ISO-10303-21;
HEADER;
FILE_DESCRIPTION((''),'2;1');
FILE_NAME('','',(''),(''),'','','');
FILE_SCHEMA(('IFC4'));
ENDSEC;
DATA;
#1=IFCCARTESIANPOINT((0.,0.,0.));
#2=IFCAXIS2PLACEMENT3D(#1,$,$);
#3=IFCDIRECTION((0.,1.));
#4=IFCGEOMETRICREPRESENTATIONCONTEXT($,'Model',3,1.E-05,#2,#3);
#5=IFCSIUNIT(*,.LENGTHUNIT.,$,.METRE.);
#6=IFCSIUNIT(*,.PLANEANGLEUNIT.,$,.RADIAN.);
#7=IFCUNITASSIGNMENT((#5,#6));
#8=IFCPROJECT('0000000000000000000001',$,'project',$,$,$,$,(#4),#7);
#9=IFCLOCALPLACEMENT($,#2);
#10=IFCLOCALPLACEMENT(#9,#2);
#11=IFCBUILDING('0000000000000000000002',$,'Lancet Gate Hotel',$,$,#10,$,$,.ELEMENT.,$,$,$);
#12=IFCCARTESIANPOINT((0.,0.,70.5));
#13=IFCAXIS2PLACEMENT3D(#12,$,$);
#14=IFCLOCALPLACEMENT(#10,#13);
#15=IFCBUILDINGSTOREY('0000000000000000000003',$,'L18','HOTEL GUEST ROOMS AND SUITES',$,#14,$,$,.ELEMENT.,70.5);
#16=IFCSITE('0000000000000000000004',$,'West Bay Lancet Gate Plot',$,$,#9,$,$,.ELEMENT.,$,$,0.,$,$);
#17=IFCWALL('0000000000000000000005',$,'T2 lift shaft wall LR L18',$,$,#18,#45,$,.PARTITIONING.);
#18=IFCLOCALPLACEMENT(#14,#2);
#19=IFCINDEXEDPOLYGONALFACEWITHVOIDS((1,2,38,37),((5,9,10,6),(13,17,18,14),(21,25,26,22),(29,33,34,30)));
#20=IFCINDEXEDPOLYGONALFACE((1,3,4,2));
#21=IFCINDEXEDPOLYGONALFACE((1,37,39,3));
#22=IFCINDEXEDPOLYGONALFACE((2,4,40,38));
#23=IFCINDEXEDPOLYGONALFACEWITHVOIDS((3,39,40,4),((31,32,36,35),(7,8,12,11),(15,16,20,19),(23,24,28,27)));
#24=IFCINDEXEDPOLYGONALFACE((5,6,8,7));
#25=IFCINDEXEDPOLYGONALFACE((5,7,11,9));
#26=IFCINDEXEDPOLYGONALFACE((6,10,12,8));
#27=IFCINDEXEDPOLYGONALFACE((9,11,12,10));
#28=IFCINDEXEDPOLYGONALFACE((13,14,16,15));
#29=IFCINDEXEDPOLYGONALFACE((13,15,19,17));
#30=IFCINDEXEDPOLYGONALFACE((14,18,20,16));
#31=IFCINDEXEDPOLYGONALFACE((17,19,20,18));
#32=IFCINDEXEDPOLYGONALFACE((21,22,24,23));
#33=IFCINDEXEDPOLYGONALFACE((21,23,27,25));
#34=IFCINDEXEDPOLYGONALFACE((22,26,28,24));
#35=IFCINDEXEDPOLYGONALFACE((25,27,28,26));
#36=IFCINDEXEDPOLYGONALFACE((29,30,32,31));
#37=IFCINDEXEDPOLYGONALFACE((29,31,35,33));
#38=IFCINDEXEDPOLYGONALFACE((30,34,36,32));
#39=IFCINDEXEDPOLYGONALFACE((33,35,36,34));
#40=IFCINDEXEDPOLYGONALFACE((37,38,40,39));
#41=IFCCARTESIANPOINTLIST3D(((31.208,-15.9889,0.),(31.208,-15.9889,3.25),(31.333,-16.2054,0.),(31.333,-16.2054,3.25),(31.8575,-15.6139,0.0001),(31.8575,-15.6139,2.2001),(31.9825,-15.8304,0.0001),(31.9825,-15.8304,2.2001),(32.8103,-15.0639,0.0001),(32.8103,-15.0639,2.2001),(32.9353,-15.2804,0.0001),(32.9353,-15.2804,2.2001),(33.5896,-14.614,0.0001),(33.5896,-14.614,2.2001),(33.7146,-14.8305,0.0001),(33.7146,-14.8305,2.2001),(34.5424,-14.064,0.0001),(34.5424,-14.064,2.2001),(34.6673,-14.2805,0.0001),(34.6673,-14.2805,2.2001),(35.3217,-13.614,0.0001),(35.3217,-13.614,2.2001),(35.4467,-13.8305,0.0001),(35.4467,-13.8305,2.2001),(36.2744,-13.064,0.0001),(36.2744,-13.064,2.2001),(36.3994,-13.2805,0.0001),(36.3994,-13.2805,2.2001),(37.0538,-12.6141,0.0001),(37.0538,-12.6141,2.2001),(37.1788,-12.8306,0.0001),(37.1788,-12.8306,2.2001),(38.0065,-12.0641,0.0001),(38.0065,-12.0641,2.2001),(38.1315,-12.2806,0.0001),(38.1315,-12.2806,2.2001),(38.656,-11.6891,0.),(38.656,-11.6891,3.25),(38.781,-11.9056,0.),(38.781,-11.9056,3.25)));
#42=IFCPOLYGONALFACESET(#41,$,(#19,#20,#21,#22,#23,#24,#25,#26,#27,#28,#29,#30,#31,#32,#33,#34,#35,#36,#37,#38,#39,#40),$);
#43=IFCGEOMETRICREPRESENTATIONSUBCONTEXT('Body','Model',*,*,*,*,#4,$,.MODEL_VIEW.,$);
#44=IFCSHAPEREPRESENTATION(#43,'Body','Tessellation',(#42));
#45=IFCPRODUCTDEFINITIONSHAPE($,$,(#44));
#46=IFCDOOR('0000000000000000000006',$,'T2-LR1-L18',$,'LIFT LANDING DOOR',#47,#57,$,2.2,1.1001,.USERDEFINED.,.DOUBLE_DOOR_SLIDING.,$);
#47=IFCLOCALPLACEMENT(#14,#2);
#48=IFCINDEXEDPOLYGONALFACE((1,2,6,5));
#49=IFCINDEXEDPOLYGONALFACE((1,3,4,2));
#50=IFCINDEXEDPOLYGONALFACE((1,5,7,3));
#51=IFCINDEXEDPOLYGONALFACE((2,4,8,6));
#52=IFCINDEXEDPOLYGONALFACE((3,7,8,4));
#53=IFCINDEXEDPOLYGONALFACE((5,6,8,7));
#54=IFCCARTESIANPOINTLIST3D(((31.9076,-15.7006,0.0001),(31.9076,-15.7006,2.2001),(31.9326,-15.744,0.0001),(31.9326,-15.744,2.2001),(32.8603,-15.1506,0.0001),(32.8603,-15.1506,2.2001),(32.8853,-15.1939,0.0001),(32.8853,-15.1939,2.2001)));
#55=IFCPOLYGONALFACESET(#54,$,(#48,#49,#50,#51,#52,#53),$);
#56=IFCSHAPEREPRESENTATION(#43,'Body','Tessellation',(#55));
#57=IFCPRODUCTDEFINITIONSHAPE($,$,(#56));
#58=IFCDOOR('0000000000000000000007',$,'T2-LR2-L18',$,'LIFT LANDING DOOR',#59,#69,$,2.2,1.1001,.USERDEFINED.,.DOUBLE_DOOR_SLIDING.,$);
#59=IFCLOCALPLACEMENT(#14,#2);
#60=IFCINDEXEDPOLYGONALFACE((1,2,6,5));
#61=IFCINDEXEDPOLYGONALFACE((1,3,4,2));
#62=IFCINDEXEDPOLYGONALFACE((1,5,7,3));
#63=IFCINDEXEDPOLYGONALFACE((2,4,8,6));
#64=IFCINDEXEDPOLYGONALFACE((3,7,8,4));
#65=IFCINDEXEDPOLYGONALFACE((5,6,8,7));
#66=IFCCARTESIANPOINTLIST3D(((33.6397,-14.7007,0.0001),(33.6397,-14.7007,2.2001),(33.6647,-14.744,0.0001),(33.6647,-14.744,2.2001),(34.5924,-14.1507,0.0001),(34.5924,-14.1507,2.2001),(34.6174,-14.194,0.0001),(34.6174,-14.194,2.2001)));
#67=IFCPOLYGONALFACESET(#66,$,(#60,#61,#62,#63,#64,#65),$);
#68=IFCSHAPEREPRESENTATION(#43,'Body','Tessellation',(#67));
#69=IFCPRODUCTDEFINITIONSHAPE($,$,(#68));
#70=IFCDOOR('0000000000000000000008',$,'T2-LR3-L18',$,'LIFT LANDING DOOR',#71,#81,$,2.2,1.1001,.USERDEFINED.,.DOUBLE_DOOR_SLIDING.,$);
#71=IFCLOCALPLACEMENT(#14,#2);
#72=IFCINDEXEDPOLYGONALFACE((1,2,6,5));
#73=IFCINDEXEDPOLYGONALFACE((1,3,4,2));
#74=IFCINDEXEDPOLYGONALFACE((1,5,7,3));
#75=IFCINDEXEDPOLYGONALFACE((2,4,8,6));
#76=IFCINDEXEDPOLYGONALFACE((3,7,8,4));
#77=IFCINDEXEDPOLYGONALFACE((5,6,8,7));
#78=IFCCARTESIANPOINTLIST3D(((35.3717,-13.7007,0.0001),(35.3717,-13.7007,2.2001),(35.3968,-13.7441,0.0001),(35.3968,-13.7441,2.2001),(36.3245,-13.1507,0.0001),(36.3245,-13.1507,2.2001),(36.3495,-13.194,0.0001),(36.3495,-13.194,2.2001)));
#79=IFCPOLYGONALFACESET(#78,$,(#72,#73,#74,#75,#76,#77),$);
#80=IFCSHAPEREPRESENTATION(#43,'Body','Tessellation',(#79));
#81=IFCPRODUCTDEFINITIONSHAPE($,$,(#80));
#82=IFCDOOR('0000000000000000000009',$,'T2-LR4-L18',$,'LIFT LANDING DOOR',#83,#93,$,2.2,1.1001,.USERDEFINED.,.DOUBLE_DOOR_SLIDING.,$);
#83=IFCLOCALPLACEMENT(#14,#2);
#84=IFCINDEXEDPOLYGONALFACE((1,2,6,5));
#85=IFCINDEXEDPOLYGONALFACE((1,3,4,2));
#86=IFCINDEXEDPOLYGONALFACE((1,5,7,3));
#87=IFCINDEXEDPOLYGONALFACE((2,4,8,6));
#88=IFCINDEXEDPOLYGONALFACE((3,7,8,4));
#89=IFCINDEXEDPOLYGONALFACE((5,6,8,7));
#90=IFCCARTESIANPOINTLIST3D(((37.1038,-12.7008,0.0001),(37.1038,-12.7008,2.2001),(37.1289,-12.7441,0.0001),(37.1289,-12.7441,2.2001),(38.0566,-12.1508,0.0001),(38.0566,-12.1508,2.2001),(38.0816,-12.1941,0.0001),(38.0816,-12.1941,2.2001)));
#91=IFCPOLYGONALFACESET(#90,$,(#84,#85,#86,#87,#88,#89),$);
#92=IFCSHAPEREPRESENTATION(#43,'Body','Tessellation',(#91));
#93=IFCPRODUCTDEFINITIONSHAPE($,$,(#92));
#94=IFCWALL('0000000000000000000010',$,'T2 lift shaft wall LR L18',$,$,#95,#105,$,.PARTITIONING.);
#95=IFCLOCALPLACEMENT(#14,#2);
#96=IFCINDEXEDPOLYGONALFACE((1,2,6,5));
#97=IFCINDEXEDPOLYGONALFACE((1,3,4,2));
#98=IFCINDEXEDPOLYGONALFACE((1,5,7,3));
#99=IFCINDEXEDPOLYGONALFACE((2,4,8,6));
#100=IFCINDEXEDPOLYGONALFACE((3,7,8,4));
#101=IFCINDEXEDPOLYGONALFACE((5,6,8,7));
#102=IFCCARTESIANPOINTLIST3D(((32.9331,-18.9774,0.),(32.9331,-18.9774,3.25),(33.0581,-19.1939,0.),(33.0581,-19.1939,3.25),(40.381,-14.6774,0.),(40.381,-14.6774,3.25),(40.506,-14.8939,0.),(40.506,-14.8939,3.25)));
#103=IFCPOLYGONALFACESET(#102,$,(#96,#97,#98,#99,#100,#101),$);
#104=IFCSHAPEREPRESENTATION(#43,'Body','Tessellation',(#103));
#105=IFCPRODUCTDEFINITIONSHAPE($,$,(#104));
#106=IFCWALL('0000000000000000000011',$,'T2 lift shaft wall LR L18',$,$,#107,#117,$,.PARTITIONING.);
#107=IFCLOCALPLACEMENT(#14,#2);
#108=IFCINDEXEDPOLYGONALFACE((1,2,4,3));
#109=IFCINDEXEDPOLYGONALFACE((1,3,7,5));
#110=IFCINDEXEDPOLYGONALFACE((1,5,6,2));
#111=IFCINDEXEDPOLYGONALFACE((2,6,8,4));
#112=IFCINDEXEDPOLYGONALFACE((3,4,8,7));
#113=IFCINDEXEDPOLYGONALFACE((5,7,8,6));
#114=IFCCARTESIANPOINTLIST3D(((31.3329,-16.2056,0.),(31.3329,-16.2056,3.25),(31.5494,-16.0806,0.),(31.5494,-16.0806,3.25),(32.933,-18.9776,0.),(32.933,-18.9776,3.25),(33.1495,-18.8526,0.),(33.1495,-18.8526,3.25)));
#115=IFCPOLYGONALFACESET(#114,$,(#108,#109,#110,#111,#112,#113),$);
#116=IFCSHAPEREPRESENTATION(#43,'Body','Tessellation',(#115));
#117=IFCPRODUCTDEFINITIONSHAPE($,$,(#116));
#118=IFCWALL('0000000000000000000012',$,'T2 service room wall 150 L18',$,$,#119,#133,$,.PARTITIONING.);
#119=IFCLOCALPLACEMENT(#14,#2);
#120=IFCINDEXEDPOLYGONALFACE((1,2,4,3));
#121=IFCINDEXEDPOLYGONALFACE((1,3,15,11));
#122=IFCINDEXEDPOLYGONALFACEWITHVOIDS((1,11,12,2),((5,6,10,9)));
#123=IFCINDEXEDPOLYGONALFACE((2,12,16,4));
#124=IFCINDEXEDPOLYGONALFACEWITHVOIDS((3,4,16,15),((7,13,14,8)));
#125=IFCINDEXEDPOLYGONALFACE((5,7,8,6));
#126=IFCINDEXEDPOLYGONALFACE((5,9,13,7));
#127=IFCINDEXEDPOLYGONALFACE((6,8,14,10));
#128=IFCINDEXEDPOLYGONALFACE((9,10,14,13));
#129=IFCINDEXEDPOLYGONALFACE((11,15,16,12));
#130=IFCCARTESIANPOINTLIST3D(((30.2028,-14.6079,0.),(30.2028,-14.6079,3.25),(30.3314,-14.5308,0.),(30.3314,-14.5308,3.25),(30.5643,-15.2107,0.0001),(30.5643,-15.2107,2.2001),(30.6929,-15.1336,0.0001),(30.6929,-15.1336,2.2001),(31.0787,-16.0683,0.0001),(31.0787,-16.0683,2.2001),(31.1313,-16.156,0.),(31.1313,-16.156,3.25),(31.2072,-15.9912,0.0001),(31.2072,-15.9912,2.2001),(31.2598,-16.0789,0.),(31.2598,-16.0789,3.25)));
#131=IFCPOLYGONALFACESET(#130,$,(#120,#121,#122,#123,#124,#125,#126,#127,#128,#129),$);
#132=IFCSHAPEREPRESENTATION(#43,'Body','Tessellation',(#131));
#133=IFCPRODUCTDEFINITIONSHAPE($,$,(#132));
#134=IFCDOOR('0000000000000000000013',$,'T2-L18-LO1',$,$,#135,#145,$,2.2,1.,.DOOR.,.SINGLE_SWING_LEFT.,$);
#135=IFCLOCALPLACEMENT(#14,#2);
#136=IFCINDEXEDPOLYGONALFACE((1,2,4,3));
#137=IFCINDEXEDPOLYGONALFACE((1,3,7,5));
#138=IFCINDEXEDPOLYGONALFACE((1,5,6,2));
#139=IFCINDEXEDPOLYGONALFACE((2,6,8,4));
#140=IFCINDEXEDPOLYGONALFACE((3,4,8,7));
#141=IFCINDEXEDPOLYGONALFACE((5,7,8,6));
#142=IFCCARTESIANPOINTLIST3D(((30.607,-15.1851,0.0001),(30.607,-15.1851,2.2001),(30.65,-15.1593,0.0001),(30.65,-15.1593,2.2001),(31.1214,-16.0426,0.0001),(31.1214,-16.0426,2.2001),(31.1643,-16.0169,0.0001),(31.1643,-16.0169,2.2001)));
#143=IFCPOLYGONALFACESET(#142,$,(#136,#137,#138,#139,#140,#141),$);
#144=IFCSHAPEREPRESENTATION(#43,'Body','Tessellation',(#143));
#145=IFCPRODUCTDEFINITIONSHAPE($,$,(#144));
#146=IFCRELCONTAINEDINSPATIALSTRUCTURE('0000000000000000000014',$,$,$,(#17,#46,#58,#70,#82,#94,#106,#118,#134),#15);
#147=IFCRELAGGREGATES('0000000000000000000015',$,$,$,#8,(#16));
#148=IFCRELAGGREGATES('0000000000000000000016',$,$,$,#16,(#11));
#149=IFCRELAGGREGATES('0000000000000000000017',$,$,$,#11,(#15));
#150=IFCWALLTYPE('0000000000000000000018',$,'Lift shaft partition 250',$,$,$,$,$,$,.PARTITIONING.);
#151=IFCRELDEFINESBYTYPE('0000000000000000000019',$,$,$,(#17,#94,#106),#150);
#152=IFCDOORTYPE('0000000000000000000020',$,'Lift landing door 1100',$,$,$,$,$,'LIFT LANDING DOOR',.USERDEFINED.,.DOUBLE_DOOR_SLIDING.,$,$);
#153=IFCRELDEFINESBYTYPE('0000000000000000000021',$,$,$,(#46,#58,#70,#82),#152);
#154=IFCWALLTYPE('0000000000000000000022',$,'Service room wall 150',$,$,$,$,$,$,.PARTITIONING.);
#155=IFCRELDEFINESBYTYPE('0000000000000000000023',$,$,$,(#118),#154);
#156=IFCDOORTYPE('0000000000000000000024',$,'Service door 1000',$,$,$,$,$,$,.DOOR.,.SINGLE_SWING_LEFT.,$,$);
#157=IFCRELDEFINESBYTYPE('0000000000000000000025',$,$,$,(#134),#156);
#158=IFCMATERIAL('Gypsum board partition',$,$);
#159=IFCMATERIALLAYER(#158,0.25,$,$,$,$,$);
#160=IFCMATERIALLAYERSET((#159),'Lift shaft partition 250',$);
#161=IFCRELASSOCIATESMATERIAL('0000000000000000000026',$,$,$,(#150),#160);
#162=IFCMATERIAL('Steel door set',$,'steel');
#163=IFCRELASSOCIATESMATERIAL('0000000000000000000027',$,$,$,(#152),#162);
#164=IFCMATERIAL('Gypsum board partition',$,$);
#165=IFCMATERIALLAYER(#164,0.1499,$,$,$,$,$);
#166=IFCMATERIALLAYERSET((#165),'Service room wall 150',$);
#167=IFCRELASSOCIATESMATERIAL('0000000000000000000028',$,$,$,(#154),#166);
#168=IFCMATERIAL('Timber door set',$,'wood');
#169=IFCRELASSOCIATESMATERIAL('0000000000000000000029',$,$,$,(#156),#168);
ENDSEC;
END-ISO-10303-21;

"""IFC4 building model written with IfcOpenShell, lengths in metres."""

from ifc_helpers import new_model, si_unit, direction, frame, frame_2d, origin, place, context, subcontext, project, spatial, rectangle, extrude, material, layer, layer_set, type_object, element, fill, save


model = new_model("IFC4")

# Units and contexts
model_context = context("Model", 3, precision=1e-05, world=origin(), true_north=direction((0.0, 1.0)))
body_context = subcontext(model_context, "Body", "Model", "MODEL_VIEW")
ifc_project = project(units=[si_unit("LENGTHUNIT", "METRE"), si_unit("PLANEANGLEUNIT", "RADIAN")], contexts=[model_context])

# Site, building, storey
site_placement = place(None, origin())
site = spatial("IfcSite", under=ifc_project, at=site_placement, Name="West Bay Lancet Gate Plot", CompositionType="ELEMENT", RefElevation=0.0)
building_placement = place(site_placement, origin())
building = spatial("IfcBuilding", under=site, at=building_placement, Name="Lancet Gate Hotel", CompositionType="ELEMENT")
storey_placement = place(building_placement, frame((0.0, 0.0, 70.5)))
storey = spatial("IfcBuildingStorey", under=building, at=storey_placement, Name="L18", Description="HOTEL GUEST ROOMS AND SUITES", CompositionType="ELEMENT", Elevation=70.5)

# Wall, openings, doors
ifc_material_1 = material(Name="Gypsum board partition")
ifc_layer_1 = layer(ifc_material_1, 0.25)
ifc_layer_set_1 = layer_set([ifc_layer_1], Name="Lift shaft partition 250")
wall_type_1 = type_object("IfcWallType", Name="Lift shaft partition 250", PredefinedType="PARTITIONING", material=ifc_layer_set_1)
wall_1_placement = place(storey_placement, frame((31.2705, -16.0972, 0.0), z_axis=(0.0, 0.0, 1.0), x_axis=(0.86604, 0.499974, 0.0)))
wall_1 = element("IfcWall", 1, at=wall_1_placement, inside=storey, type_object=wall_type_1, Name="T2 lift shaft wall LR L18", PredefinedType="PARTITIONING", context=body_context, shape_type="SweptSolid", body=[
    extrude(rectangle(XDim=8.6001, YDim=0.25, at=frame_2d((4.3, 0.0))), origin(), (0.0, 0.0, 1.0), 3.25),
])
opening_1_placement = place(wall_1_placement, frame((0.75, 0.0, 0.0)))
opening_1 = element("IfcOpeningElement", 2, at=opening_1_placement, cuts=wall_1, PredefinedType="OPENING", context=body_context, shape_type="SweptSolid", body=[
    extrude(rectangle(XDim=1.1001, YDim=2.2, at=frame_2d((0.55, 1.1001))), frame((0.0, 0.135, 0.0), z_axis=(0.0, -1.0, 0.0), x_axis=(1.0, 0.0, 0.0)), (0.0, 0.0, 1.0), 0.27),
])
opening_2_placement = place(wall_1_placement, frame((2.75, 0.0, 0.0)))
opening_2 = element("IfcOpeningElement", 3, at=opening_2_placement, cuts=wall_1, PredefinedType="OPENING", context=body_context, shape_type="SweptSolid", body=[
    extrude(rectangle(XDim=1.1001, YDim=2.2, at=frame_2d((0.55, 1.1001))), frame((0.0, 0.135, 0.0), z_axis=(0.0, -1.0, 0.0), x_axis=(1.0, 0.0, 0.0)), (0.0, 0.0, 1.0), 0.27),
])
opening_3_placement = place(wall_1_placement, frame((4.75, 0.0, 0.0)))
opening_3 = element("IfcOpeningElement", 4, at=opening_3_placement, cuts=wall_1, PredefinedType="OPENING", context=body_context, shape_type="SweptSolid", body=[
    extrude(rectangle(XDim=1.1001, YDim=2.2, at=frame_2d((0.55, 1.1001))), frame((0.0, 0.135, 0.0), z_axis=(0.0, -1.0, 0.0), x_axis=(1.0, 0.0, 0.0)), (0.0, 0.0, 1.0), 0.27),
])
opening_4_placement = place(wall_1_placement, frame((6.75, 0.0, 0.0)))
opening_4 = element("IfcOpeningElement", 5, at=opening_4_placement, cuts=wall_1, PredefinedType="OPENING", context=body_context, shape_type="SweptSolid", body=[
    extrude(rectangle(XDim=1.1001, YDim=2.2, at=frame_2d((0.55, 1.1001))), frame((0.0, 0.135, 0.0), z_axis=(0.0, -1.0, 0.0), x_axis=(1.0, 0.0, 0.0)), (0.0, 0.0, 1.0), 0.27),
])
ifc_material_2 = material(Name="Steel door set", Category="steel")
door_type_1 = type_object("IfcDoorType", Name="Lift landing door 1100", ElementType="LIFT LANDING DOOR", OperationType="DOUBLE_DOOR_SLIDING", PredefinedType="USERDEFINED", material=ifc_material_2)
door_1_placement = place(opening_1_placement, origin())
door_1 = element("IfcDoor", 6, at=door_1_placement, inside=storey, type_object=door_type_1, Name="T2-LR1-L18", ObjectType="LIFT LANDING DOOR", OperationType="DOUBLE_DOOR_SLIDING", OverallHeight=2.2, OverallWidth=1.1001, PredefinedType="USERDEFINED", context=body_context, shape_type="SweptSolid", body=[
    extrude(rectangle(XDim=1.1001, YDim=2.2, at=frame_2d((0.55, 1.1001))), frame((0.0, 0.0249, 0.0), z_axis=(0.0, -1.0, 0.0), x_axis=(1.0, 0.0, 0.0)), (0.0, 0.0, 1.0), 0.05),
])
fill(opening_1, door_1)
door_2_placement = place(opening_2_placement, origin())
door_2 = element("IfcDoor", 7, at=door_2_placement, inside=storey, type_object=door_type_1, Name="T2-LR2-L18", ObjectType="LIFT LANDING DOOR", OperationType="DOUBLE_DOOR_SLIDING", OverallHeight=2.2, OverallWidth=1.1001, PredefinedType="USERDEFINED", context=body_context, shape_type="SweptSolid", body=[
    extrude(rectangle(XDim=1.1001, YDim=2.2, at=frame_2d((0.55, 1.1001))), frame((0.0, 0.0249, 0.0), z_axis=(0.0, -1.0, 0.0), x_axis=(1.0, 0.0, 0.0)), (0.0, 0.0, 1.0), 0.05),
])
fill(opening_2, door_2)
door_3_placement = place(opening_3_placement, origin())
door_3 = element("IfcDoor", 8, at=door_3_placement, inside=storey, type_object=door_type_1, Name="T2-LR3-L18", ObjectType="LIFT LANDING DOOR", OperationType="DOUBLE_DOOR_SLIDING", OverallHeight=2.2, OverallWidth=1.1001, PredefinedType="USERDEFINED", context=body_context, shape_type="SweptSolid", body=[
    extrude(rectangle(XDim=1.1001, YDim=2.2, at=frame_2d((0.55, 1.1001))), frame((0.0, 0.0249, 0.0), z_axis=(0.0, -1.0, 0.0), x_axis=(1.0, 0.0, 0.0)), (0.0, 0.0, 1.0), 0.05),
])
fill(opening_3, door_3)
door_4_placement = place(opening_4_placement, origin())
door_4 = element("IfcDoor", 9, at=door_4_placement, inside=storey, type_object=door_type_1, Name="T2-LR4-L18", ObjectType="LIFT LANDING DOOR", OperationType="DOUBLE_DOOR_SLIDING", OverallHeight=2.2, OverallWidth=1.1001, PredefinedType="USERDEFINED", context=body_context, shape_type="SweptSolid", body=[
    extrude(rectangle(XDim=1.1001, YDim=2.2, at=frame_2d((0.55, 1.1001))), frame((0.0, 0.0249, 0.0), z_axis=(0.0, -1.0, 0.0), x_axis=(1.0, 0.0, 0.0)), (0.0, 0.0, 1.0), 0.05),
])
fill(opening_4, door_4)

# Walls
wall_2_placement = place(storey_placement, frame((32.9956, -19.0857, 0.0), z_axis=(0.0, 0.0, 1.0), x_axis=(0.866028, 0.499995, 0.0)))
element("IfcWall", 10, at=wall_2_placement, inside=storey, type_object=wall_type_1, Name="T2 lift shaft wall LR L18", PredefinedType="PARTITIONING", context=body_context, shape_type="SweptSolid", body=[
    extrude(rectangle(XDim=8.6001, YDim=0.25, at=frame_2d((4.3, 0.0))), origin(), (0.0, 0.0, 1.0), 3.25),
])
wall_3_placement = place(storey_placement, frame((31.4412, -16.1431, 0.0), z_axis=(0.0, 0.0, 1.0), x_axis=(0.499929, -0.866066, 0.0)))
element("IfcWall", 11, at=wall_3_placement, inside=storey, type_object=wall_type_1, Name="T2 lift shaft wall LR L18", PredefinedType="PARTITIONING", context=body_context, shape_type="SweptSolid", body=[
    extrude(rectangle(XDim=3.2007, YDim=0.25, at=frame_2d((1.6003, 0.0))), origin(), (0.0, 0.0, 1.0), 3.25),
])

# Wall, opening, door
ifc_material_3 = material(Name="Gypsum board partition")
ifc_layer_2 = layer(ifc_material_3, 0.1499)
ifc_layer_set_2 = layer_set([ifc_layer_2], Name="Service room wall 150")
wall_type_2 = type_object("IfcWallType", Name="Service room wall 150", PredefinedType="PARTITIONING", material=ifc_layer_set_2)
wall_4_placement = place(storey_placement, frame((30.2671, -14.5693, 0.0), z_axis=(0.0, 0.0, 1.0), x_axis=(0.514337, -0.857588, 0.0)))
wall_4 = element("IfcWall", 12, at=wall_4_placement, inside=storey, type_object=wall_type_2, Name="T2 service room wall 150 L18", PredefinedType="PARTITIONING", context=body_context, shape_type="SweptSolid", body=[
    extrude(rectangle(XDim=1.8052, YDim=0.1499, at=frame_2d((0.9026, 0.0))), origin(), (0.0, 0.0, 1.0), 3.25),
])
opening_5_placement = place(wall_4_placement, frame((0.7029, 0.0, 0.0)))
opening_5 = element("IfcOpeningElement", 13, at=opening_5_placement, cuts=wall_4, PredefinedType="OPENING", context=body_context, shape_type="SweptSolid", body=[
    extrude(rectangle(XDim=1.0, YDim=2.2, at=frame_2d((0.5, 1.1001))), frame((0.0, 0.085, 0.0), z_axis=(0.0, -1.0, 0.0), x_axis=(1.0, 0.0, 0.0)), (0.0, 0.0, 1.0), 0.1699),
])
ifc_material_4 = material(Name="Timber door set", Category="wood")
door_type_2 = type_object("IfcDoorType", Name="Service door 1000", OperationType="SINGLE_SWING_LEFT", PredefinedType="DOOR", material=ifc_material_4)
door_5_placement = place(opening_5_placement, origin())
door_5 = element("IfcDoor", 14, at=door_5_placement, inside=storey, type_object=door_type_2, Name="T2-L18-LO1", OperationType="SINGLE_SWING_LEFT", OverallHeight=2.2, OverallWidth=1.0, PredefinedType="DOOR", context=body_context, shape_type="SweptSolid", body=[
    extrude(rectangle(XDim=1.0, YDim=2.2, at=frame_2d((0.5, 1.1001))), frame((0.0, 0.0249, 0.0), z_axis=(0.0, -1.0, 0.0), x_axis=(1.0, 0.0, 0.0)), (0.0, 0.0, 1.0), 0.05),
])
fill(opening_5, door_5)

save(model, "model.ifc")
